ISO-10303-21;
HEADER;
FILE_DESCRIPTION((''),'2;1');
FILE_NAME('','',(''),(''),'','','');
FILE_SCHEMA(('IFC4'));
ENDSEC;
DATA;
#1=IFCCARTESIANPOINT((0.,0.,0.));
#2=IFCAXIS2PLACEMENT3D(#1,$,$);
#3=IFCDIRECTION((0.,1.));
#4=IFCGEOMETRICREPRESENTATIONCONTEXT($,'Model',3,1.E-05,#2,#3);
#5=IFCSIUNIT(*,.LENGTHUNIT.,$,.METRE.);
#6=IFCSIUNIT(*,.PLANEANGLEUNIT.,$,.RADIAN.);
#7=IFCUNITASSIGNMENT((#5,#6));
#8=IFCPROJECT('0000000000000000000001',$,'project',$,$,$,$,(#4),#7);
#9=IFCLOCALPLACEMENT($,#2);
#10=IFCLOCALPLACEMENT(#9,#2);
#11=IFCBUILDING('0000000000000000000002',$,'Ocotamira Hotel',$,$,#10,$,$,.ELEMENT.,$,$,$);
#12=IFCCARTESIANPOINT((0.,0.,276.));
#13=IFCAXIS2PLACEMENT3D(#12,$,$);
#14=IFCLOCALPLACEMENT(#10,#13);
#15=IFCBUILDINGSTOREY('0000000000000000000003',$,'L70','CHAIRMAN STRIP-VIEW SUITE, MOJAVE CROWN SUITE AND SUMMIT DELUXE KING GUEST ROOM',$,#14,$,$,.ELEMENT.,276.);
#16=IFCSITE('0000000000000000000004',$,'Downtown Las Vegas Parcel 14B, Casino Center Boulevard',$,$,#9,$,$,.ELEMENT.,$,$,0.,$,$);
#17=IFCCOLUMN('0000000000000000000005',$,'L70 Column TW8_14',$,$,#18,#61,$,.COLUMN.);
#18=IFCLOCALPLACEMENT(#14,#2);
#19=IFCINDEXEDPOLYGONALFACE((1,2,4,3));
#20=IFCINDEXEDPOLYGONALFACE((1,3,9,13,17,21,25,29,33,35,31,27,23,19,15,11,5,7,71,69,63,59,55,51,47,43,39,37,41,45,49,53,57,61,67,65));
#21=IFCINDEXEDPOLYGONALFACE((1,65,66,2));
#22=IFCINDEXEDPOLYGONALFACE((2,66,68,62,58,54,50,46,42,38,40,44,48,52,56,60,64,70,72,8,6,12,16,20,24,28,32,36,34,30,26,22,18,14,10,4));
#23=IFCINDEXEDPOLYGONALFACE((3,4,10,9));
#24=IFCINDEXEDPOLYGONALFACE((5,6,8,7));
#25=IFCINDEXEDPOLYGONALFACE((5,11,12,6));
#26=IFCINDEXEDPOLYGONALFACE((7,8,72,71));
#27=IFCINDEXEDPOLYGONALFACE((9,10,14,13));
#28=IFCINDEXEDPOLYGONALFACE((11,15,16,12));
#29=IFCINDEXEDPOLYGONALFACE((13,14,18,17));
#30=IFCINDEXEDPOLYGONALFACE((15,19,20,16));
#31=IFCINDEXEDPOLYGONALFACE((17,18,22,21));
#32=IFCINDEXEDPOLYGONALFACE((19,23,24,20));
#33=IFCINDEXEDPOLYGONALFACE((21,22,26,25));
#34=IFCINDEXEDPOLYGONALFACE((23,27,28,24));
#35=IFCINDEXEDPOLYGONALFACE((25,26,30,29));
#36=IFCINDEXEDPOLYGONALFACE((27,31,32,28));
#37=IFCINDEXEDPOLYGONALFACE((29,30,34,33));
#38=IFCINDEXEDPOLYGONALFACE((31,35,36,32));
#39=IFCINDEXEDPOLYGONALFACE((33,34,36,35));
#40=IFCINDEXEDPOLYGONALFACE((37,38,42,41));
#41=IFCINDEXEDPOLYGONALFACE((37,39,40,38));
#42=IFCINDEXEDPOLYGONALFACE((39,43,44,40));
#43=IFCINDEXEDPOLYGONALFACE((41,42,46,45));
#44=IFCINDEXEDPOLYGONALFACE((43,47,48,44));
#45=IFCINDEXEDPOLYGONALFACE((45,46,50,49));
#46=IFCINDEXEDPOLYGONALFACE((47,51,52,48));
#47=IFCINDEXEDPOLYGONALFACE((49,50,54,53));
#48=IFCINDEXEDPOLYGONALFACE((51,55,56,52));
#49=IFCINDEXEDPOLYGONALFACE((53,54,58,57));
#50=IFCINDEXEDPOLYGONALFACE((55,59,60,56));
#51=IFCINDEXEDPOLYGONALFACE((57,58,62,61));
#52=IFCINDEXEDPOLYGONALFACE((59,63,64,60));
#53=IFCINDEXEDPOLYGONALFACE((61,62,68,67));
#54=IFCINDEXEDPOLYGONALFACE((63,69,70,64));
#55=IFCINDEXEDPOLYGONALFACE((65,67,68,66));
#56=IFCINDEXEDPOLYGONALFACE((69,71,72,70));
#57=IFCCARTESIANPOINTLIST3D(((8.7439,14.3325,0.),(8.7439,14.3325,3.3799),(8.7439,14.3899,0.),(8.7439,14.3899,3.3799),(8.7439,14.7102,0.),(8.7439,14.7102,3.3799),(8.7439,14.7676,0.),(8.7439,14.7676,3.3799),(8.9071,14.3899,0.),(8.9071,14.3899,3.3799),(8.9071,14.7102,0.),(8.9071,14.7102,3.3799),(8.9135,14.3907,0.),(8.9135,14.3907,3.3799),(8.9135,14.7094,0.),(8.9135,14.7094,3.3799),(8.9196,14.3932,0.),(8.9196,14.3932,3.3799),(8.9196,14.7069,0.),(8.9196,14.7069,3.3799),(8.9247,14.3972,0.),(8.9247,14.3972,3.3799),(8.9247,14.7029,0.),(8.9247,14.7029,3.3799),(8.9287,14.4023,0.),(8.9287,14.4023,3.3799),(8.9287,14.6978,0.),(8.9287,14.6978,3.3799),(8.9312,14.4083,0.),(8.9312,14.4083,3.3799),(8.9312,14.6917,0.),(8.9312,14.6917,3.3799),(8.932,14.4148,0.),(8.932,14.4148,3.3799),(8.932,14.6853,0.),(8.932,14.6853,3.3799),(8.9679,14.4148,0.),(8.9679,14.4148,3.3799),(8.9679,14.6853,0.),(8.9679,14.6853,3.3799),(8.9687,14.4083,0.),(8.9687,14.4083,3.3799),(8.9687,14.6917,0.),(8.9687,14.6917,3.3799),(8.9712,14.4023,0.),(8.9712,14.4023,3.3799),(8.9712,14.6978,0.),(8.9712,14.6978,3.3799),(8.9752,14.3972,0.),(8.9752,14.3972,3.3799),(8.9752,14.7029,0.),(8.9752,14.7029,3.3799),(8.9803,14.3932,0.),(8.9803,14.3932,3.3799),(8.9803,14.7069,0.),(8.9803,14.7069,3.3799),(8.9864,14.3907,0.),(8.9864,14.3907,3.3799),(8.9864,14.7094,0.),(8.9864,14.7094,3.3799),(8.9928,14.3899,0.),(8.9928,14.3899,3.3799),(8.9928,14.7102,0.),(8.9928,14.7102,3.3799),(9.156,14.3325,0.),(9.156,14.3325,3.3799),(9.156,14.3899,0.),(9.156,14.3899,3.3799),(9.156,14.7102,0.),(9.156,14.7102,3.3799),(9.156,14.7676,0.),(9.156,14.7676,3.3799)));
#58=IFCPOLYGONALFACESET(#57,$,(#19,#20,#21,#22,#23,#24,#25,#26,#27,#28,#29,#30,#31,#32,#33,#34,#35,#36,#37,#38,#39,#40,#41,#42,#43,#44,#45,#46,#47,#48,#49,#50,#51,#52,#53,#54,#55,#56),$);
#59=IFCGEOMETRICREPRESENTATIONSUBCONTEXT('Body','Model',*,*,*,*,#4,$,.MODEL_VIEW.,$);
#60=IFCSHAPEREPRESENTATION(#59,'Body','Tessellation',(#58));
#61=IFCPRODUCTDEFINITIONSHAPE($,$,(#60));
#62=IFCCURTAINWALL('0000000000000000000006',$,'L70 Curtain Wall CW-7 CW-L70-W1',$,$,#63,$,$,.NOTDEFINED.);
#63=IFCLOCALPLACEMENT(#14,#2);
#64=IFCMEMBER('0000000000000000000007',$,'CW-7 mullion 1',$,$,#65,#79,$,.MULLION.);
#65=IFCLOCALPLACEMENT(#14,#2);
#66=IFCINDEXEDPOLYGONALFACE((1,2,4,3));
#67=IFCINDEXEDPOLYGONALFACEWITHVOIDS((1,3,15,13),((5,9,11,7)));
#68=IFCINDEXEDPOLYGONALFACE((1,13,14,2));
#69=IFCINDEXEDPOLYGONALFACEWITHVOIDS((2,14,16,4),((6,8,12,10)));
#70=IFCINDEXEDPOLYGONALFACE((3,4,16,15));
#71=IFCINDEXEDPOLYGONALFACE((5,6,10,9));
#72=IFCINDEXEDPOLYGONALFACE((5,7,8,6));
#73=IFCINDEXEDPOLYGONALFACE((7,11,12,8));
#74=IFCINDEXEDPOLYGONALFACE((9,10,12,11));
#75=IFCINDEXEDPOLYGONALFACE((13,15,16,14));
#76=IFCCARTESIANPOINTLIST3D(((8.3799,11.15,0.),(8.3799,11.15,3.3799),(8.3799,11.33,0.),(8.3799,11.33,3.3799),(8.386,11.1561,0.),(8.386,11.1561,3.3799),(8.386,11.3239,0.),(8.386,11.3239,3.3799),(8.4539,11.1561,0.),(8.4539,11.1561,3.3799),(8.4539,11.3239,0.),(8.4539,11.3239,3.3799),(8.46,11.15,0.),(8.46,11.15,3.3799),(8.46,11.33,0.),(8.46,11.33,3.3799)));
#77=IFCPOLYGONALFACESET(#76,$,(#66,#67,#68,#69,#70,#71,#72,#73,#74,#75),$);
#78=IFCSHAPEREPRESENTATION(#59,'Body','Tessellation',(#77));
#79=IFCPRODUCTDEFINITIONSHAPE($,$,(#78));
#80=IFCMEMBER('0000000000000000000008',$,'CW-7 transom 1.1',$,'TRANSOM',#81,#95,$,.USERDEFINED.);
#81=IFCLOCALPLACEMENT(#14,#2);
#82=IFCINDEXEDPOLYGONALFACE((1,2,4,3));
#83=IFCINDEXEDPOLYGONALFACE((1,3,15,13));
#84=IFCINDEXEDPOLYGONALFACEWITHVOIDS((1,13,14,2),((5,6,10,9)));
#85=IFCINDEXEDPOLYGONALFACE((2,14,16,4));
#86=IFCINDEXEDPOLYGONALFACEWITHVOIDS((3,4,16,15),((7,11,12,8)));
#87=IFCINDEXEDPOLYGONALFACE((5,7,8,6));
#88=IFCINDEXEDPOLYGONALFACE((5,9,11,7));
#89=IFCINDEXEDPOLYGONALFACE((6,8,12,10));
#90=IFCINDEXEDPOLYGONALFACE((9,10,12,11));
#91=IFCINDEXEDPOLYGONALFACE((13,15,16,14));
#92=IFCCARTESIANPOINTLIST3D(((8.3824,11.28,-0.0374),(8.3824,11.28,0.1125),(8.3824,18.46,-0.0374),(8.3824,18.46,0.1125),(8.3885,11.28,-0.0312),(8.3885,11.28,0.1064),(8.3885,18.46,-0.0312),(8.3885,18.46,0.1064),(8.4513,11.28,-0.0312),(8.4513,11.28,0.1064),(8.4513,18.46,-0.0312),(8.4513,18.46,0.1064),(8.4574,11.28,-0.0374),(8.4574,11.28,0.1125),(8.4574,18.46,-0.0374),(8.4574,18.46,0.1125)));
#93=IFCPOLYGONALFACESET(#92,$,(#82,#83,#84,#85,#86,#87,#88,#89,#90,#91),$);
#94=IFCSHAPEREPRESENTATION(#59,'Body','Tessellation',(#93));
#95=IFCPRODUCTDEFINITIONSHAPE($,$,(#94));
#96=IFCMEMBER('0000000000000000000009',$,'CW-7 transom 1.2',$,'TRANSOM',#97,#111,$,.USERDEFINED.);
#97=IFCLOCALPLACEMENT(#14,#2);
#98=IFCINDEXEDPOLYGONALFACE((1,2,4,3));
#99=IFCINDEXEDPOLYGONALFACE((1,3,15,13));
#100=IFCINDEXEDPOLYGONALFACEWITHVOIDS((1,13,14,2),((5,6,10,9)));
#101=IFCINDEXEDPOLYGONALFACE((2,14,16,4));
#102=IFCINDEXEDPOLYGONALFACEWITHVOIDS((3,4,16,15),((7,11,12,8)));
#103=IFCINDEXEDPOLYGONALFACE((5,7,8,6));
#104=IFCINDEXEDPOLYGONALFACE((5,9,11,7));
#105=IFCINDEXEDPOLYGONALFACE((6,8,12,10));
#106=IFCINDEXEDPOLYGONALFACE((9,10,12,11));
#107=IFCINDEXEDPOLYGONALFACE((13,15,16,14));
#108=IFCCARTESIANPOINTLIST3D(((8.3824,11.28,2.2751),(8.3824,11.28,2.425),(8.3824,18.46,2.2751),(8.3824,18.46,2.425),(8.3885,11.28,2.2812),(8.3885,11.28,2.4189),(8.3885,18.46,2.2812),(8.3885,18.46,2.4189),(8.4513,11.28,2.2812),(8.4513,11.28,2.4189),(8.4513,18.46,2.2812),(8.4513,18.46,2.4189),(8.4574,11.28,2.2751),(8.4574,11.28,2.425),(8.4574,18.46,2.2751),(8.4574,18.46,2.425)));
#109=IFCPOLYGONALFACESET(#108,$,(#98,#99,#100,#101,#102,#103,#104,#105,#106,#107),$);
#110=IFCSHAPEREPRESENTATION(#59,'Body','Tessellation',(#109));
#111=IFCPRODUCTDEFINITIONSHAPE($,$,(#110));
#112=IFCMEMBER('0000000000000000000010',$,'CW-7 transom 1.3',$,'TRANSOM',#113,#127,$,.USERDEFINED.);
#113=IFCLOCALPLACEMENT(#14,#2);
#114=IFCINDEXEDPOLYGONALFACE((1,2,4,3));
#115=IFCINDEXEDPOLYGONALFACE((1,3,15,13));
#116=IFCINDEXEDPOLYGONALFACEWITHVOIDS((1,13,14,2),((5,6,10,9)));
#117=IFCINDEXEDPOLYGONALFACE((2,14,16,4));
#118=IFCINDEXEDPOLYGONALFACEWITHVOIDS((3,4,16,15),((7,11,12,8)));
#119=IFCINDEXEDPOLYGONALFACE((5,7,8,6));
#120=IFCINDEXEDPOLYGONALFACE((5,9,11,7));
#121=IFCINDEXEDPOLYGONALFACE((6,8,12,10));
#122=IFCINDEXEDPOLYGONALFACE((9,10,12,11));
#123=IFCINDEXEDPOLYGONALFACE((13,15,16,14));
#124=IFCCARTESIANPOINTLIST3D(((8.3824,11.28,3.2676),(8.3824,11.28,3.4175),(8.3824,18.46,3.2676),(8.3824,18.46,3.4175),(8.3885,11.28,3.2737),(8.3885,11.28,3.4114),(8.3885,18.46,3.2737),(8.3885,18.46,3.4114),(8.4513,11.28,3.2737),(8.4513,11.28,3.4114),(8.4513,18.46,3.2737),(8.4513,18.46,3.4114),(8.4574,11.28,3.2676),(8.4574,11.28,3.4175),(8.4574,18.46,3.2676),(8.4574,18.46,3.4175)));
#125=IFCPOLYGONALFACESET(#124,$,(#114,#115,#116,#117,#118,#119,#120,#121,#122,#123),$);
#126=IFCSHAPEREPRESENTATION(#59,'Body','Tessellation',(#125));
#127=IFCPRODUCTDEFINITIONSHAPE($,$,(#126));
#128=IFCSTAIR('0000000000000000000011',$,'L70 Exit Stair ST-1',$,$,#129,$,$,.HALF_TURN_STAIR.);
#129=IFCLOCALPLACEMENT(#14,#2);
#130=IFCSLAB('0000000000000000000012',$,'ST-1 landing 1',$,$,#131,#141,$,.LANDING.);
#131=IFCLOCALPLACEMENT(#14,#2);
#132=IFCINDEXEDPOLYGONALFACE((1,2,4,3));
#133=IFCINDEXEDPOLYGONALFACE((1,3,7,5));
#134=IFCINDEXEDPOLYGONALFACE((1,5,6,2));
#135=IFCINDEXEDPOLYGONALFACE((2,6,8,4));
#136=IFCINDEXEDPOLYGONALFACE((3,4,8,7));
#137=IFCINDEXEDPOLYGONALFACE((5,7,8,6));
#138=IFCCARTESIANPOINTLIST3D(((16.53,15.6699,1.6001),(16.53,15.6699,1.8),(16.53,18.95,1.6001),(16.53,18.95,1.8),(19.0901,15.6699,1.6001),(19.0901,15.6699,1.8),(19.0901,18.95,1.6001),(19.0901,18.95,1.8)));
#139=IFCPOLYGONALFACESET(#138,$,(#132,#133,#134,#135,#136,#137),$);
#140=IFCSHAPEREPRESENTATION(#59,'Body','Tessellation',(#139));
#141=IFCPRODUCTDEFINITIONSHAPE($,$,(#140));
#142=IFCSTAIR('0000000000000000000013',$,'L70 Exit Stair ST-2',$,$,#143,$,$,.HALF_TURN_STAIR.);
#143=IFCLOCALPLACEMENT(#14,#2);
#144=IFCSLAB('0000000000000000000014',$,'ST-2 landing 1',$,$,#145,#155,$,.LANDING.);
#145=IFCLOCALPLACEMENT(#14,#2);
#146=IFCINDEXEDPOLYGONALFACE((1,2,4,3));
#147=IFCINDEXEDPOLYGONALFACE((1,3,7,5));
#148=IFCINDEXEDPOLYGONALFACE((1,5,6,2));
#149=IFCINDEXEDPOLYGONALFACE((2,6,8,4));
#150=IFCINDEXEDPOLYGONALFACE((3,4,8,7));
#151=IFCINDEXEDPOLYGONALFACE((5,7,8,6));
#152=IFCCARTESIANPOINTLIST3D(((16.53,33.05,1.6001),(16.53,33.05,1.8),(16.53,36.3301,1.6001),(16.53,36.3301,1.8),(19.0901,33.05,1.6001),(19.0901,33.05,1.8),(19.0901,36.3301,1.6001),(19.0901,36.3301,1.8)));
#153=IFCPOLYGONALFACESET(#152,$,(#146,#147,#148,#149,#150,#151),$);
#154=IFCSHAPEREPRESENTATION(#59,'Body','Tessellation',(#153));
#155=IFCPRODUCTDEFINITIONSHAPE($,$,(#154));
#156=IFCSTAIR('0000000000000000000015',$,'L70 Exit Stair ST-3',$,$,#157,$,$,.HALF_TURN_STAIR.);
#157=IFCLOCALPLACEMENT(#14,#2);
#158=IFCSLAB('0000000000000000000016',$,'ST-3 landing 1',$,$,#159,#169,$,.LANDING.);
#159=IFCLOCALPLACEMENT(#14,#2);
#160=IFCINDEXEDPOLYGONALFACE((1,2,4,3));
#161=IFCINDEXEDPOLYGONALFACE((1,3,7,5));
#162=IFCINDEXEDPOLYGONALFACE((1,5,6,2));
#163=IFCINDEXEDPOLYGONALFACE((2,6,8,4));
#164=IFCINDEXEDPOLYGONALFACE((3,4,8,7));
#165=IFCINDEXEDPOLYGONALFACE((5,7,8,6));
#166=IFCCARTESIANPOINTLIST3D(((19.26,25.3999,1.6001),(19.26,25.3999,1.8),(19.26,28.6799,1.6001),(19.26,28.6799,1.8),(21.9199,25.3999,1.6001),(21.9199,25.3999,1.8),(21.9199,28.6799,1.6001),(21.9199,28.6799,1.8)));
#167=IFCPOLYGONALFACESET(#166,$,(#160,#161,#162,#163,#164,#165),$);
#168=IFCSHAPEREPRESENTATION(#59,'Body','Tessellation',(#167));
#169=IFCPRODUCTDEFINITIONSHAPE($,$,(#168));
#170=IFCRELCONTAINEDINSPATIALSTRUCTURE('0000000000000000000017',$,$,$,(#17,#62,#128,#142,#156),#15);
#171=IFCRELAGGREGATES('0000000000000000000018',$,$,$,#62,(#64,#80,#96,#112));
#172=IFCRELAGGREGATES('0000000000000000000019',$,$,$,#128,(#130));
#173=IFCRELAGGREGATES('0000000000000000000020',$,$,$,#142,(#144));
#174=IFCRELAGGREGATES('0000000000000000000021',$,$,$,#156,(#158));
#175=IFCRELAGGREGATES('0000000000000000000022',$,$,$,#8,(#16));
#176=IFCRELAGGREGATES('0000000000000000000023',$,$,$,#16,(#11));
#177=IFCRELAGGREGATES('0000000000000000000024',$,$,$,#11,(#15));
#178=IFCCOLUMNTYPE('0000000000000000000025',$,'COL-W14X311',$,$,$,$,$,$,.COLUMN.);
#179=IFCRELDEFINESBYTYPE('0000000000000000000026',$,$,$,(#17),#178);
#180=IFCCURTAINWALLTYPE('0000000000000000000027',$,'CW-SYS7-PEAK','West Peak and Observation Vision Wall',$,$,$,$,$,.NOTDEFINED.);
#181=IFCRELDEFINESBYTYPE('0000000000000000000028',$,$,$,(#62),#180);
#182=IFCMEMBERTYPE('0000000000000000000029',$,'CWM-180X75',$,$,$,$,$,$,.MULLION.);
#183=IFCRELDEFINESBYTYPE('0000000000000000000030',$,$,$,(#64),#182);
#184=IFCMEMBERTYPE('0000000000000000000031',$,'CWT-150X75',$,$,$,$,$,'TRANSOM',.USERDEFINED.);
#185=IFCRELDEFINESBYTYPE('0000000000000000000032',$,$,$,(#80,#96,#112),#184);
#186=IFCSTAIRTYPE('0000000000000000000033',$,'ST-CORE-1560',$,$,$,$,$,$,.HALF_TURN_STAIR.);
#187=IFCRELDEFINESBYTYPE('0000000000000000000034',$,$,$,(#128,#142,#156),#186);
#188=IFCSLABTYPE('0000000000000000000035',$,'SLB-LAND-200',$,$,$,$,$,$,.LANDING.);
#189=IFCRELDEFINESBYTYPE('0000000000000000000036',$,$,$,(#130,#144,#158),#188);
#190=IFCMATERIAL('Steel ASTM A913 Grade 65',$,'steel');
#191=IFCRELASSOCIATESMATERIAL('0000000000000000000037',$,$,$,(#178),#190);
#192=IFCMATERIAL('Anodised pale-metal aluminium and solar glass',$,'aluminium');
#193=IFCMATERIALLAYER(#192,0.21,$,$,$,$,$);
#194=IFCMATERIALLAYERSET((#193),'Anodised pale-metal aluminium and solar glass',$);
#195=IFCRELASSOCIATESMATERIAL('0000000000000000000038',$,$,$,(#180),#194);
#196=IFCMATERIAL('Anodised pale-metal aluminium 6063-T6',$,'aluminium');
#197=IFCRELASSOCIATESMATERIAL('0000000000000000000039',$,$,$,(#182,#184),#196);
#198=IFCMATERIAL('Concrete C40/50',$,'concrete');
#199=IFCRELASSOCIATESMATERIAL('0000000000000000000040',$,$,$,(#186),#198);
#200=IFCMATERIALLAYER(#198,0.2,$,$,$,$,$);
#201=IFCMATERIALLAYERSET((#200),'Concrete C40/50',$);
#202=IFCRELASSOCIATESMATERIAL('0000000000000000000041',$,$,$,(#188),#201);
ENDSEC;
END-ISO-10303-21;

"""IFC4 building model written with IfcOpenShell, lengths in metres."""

from ifc_helpers import new_model, si_unit, direction, frame, origin, origin_2d, place, context, subcontext, project, spatial, polyline, hollow_rectangle, i_section, outline, extrude, source, transform, mapped, material, layer, layer_set, material_profile, profile_set, type_object, element, aggregate, save


model = new_model("IFC4")

# Units and contexts
model_context = context("Model", 3, precision=1e-05, world=origin(), true_north=direction((0.0, 1.0)))
body_context = subcontext(model_context, "Body", "Model", "MODEL_VIEW")
ifc_project = project(units=[si_unit("LENGTHUNIT", "METRE"), si_unit("PLANEANGLEUNIT", "RADIAN")], contexts=[model_context])

# Site, building, storey
site_placement = place(None, origin())
site = spatial("IfcSite", under=ifc_project, at=site_placement, Name="Downtown Las Vegas Parcel 14B, Casino Center Boulevard", CompositionType="ELEMENT", RefElevation=0.0)
building_placement = place(site_placement, origin())
building = spatial("IfcBuilding", under=site, at=building_placement, Name="Ocotamira Hotel", CompositionType="ELEMENT")
storey_placement = place(building_placement, frame((0.0, 0.0, 276.0)))
storey = spatial("IfcBuildingStorey", under=building, at=storey_placement, Name="L70", Description="CHAIRMAN STRIP-VIEW SUITE, MOJAVE CROWN SUITE AND SUMMIT DELUXE KING GUEST ROOM", CompositionType="ELEMENT", Elevation=276.0)

# Column
ifc_material_1 = material(Name="Steel ASTM A913 Grade 65", Category="steel")
ifc_material_profile_1 = material_profile(ifc_material_1, i_section(OverallWidth=0.4121, OverallDepth=0.4351, WebThickness=0.0359, FlangeThickness=0.0574, FilletRadius=0.0249, at=origin_2d()), Name="W14X311")
ifc_profile_set_1 = profile_set([ifc_material_profile_1], Name="Steel ASTM A913 Grade 65")
column_type = type_object("IfcColumnType", Name="COL-W14X311", PredefinedType="COLUMN", material=ifc_profile_set_1)
shared_shape_1 = source(origin(), body_context, "Body", "SweptSolid", [
    extrude(i_section(OverallWidth=0.4121, OverallDepth=0.4351, WebThickness=0.0359, FlangeThickness=0.0574, FilletRadius=0.0249, at=origin_2d()), origin(), (0.0, 0.0, 1.0), 3.3799),
])
column_placement = place(storey_placement, frame((8.95, 14.55, 0.0), z_axis=(0.0, 0.0, 1.0), x_axis=(1.0, 0.0, 0.0)))
element("IfcColumn", 1, at=column_placement, inside=storey, type_object=column_type, Name="L70 Column TW8_14", PredefinedType="COLUMN", context=body_context, shape_type="MappedRepresentation", body=[
    mapped(shared_shape_1, transform((0.0, 0.0, 0.0), scale=1.0)),
])

# Curtain wall, members
ifc_material_2 = material(Name="Anodised pale-metal aluminium and solar glass", Category="aluminium")
ifc_layer_1 = layer(ifc_material_2, 0.21)
ifc_layer_set_1 = layer_set([ifc_layer_1], Name="Anodised pale-metal aluminium and solar glass")
curtain_wall_type = type_object("IfcCurtainWallType", Name="CW-SYS7-PEAK", Description="West Peak and Observation Vision Wall", PredefinedType="NOTDEFINED", material=ifc_layer_set_1)
curtain_wall_placement = place(storey_placement, origin())
curtain_wall = element("IfcCurtainWall", 2, at=curtain_wall_placement, inside=storey, type_object=curtain_wall_type, Name="L70 Curtain Wall CW-7 CW-L70-W1", PredefinedType="NOTDEFINED")
ifc_material_3 = material(Name="Anodised pale-metal aluminium 6063-T6", Category="aluminium")
ifc_material_profile_2 = material_profile(ifc_material_3, hollow_rectangle(XDim=0.0801, YDim=0.1799, WallThickness=0.0061, at=origin_2d()), Name="HSS180X80X6")
ifc_profile_set_2 = profile_set([ifc_material_profile_2], Name="Anodised pale-metal aluminium 6063-T6")
member_type_1 = type_object("IfcMemberType", Name="CWM-180X75", PredefinedType="MULLION", material=ifc_profile_set_2)
shared_shape_2 = source(origin(), body_context, "Body", "SweptSolid", [
    extrude(hollow_rectangle(XDim=0.0801, YDim=0.1799, WallThickness=0.0061, at=origin_2d()), origin(), (0.0, 0.0, 1.0), 3.3799),
])
member_1_placement = place(storey_placement, frame((8.4199, 11.24, 0.0), z_axis=(0.0, 0.0, 1.0), x_axis=(-1.0, 0.0, 0.0)))
member_1 = element("IfcMember", 3, at=member_1_placement, type_object=member_type_1, Name="CW-7 mullion 1", PredefinedType="MULLION", context=body_context, shape_type="MappedRepresentation", body=[
    mapped(shared_shape_2, transform((0.0, 0.0, 0.0), scale=1.0)),
])
ifc_material_profile_3 = material_profile(ifc_material_3, hollow_rectangle(XDim=0.075, YDim=0.1499, WallThickness=0.0061, at=origin_2d()), Name="HSS150X75X6")
ifc_profile_set_3 = profile_set([ifc_material_profile_3], Name="Anodised pale-metal aluminium 6063-T6")
member_type_2 = type_object("IfcMemberType", Name="CWT-150X75", ElementType="TRANSOM", PredefinedType="USERDEFINED", material=ifc_profile_set_3)
shared_shape_3 = source(origin(), body_context, "Body", "SweptSolid", [
    extrude(hollow_rectangle(XDim=0.075, YDim=0.1499, WallThickness=0.0061, at=origin_2d()), origin(), (0.0, 0.0, 1.0), 7.1799),
])
member_2_placement = place(storey_placement, frame((8.4199, 11.28, 0.0376), z_axis=(0.0, 1.0, 0.0), x_axis=(-1.0, 0.0, 0.0)))
member_2 = element("IfcMember", 4, at=member_2_placement, type_object=member_type_2, Name="CW-7 transom 1.1", ObjectType="TRANSOM", PredefinedType="USERDEFINED", context=body_context, shape_type="MappedRepresentation", body=[
    mapped(shared_shape_3, transform((0.0, 0.0, 0.0), scale=1.0)),
])
member_3_placement = place(storey_placement, frame((8.4199, 11.28, 2.3501), z_axis=(0.0, 1.0, 0.0), x_axis=(-1.0, 0.0, 0.0)))
member_3 = element("IfcMember", 5, at=member_3_placement, type_object=member_type_2, Name="CW-7 transom 1.2", ObjectType="TRANSOM", PredefinedType="USERDEFINED", context=body_context, shape_type="MappedRepresentation", body=[
    mapped(shared_shape_3, transform((0.0, 0.0, 0.0), scale=1.0)),
])
member_4_placement = place(storey_placement, frame((8.4199, 11.28, 3.3425), z_axis=(0.0, 1.0, 0.0), x_axis=(-1.0, 0.0, 0.0)))
member_4 = element("IfcMember", 6, at=member_4_placement, type_object=member_type_2, Name="CW-7 transom 1.3", ObjectType="TRANSOM", PredefinedType="USERDEFINED", context=body_context, shape_type="MappedRepresentation", body=[
    mapped(shared_shape_3, transform((0.0, 0.0, 0.0), scale=1.0)),
])
aggregate(curtain_wall, [member_1, member_2, member_3, member_4])

# Stairs, slabs
ifc_material_4 = material(Name="Concrete C40/50", Category="concrete")
stair_type = type_object("IfcStairType", Name="ST-CORE-1560", PredefinedType="HALF_TURN_STAIR", material=ifc_material_4)
stair_1_placement = place(storey_placement, origin())
stair_1 = element("IfcStair", 7, at=stair_1_placement, inside=storey, type_object=stair_type, Name="L70 Exit Stair ST-1", PredefinedType="HALF_TURN_STAIR")
ifc_layer_2 = layer(ifc_material_4, 0.2)
ifc_layer_set_2 = layer_set([ifc_layer_2], Name="Concrete C40/50")
slab_type_1 = type_object("IfcSlabType", Name="SLB-LAND-200", PredefinedType="LANDING", material=ifc_layer_set_2)
slab_1_placement = place(storey_placement, frame((0.0, 0.0, 1.6001)))
slab_1 = element("IfcSlab", 8, at=slab_1_placement, type_object=slab_type_1, Name="ST-1 landing 1", PredefinedType="LANDING", context=body_context, shape_type="SweptSolid", body=[
    extrude(outline(polyline([(16.53, 15.6699), (19.0901, 15.6699), (19.0901, 18.95), (16.53, 18.95), (16.53, 15.6699)])), origin(), (0.0, 0.0, 1.0), 0.2),
])
aggregate(stair_1, [slab_1])
stair_2_placement = place(storey_placement, origin())
stair_2 = element("IfcStair", 9, at=stair_2_placement, inside=storey, type_object=stair_type, Name="L70 Exit Stair ST-2", PredefinedType="HALF_TURN_STAIR")
slab_2_placement = place(storey_placement, frame((0.0, 0.0, 1.6001)))
slab_2 = element("IfcSlab", 10, at=slab_2_placement, type_object=slab_type_1, Name="ST-2 landing 1", PredefinedType="LANDING", context=body_context, shape_type="SweptSolid", body=[
    extrude(outline(polyline([(16.53, 33.05), (19.0901, 33.05), (19.0901, 36.3301), (16.53, 36.3301), (16.53, 33.05)])), origin(), (0.0, 0.0, 1.0), 0.2),
])
aggregate(stair_2, [slab_2])
stair_3_placement = place(storey_placement, origin())
stair_3 = element("IfcStair", 11, at=stair_3_placement, inside=storey, type_object=stair_type, Name="L70 Exit Stair ST-3", PredefinedType="HALF_TURN_STAIR")
slab_3_placement = place(storey_placement, frame((0.0, 0.0, 1.6001)))
slab_3 = element("IfcSlab", 12, at=slab_3_placement, type_object=slab_type_1, Name="ST-3 landing 1", PredefinedType="LANDING", context=body_context, shape_type="SweptSolid", body=[
    extrude(outline(polyline([(19.26, 25.3999), (21.9199, 25.3999), (21.9199, 28.6799), (19.26, 28.6799), (19.26, 25.3999)])), origin(), (0.0, 0.0, 1.0), 0.2),
])
aggregate(stair_3, [slab_3])

save(model, "model.ifc")
